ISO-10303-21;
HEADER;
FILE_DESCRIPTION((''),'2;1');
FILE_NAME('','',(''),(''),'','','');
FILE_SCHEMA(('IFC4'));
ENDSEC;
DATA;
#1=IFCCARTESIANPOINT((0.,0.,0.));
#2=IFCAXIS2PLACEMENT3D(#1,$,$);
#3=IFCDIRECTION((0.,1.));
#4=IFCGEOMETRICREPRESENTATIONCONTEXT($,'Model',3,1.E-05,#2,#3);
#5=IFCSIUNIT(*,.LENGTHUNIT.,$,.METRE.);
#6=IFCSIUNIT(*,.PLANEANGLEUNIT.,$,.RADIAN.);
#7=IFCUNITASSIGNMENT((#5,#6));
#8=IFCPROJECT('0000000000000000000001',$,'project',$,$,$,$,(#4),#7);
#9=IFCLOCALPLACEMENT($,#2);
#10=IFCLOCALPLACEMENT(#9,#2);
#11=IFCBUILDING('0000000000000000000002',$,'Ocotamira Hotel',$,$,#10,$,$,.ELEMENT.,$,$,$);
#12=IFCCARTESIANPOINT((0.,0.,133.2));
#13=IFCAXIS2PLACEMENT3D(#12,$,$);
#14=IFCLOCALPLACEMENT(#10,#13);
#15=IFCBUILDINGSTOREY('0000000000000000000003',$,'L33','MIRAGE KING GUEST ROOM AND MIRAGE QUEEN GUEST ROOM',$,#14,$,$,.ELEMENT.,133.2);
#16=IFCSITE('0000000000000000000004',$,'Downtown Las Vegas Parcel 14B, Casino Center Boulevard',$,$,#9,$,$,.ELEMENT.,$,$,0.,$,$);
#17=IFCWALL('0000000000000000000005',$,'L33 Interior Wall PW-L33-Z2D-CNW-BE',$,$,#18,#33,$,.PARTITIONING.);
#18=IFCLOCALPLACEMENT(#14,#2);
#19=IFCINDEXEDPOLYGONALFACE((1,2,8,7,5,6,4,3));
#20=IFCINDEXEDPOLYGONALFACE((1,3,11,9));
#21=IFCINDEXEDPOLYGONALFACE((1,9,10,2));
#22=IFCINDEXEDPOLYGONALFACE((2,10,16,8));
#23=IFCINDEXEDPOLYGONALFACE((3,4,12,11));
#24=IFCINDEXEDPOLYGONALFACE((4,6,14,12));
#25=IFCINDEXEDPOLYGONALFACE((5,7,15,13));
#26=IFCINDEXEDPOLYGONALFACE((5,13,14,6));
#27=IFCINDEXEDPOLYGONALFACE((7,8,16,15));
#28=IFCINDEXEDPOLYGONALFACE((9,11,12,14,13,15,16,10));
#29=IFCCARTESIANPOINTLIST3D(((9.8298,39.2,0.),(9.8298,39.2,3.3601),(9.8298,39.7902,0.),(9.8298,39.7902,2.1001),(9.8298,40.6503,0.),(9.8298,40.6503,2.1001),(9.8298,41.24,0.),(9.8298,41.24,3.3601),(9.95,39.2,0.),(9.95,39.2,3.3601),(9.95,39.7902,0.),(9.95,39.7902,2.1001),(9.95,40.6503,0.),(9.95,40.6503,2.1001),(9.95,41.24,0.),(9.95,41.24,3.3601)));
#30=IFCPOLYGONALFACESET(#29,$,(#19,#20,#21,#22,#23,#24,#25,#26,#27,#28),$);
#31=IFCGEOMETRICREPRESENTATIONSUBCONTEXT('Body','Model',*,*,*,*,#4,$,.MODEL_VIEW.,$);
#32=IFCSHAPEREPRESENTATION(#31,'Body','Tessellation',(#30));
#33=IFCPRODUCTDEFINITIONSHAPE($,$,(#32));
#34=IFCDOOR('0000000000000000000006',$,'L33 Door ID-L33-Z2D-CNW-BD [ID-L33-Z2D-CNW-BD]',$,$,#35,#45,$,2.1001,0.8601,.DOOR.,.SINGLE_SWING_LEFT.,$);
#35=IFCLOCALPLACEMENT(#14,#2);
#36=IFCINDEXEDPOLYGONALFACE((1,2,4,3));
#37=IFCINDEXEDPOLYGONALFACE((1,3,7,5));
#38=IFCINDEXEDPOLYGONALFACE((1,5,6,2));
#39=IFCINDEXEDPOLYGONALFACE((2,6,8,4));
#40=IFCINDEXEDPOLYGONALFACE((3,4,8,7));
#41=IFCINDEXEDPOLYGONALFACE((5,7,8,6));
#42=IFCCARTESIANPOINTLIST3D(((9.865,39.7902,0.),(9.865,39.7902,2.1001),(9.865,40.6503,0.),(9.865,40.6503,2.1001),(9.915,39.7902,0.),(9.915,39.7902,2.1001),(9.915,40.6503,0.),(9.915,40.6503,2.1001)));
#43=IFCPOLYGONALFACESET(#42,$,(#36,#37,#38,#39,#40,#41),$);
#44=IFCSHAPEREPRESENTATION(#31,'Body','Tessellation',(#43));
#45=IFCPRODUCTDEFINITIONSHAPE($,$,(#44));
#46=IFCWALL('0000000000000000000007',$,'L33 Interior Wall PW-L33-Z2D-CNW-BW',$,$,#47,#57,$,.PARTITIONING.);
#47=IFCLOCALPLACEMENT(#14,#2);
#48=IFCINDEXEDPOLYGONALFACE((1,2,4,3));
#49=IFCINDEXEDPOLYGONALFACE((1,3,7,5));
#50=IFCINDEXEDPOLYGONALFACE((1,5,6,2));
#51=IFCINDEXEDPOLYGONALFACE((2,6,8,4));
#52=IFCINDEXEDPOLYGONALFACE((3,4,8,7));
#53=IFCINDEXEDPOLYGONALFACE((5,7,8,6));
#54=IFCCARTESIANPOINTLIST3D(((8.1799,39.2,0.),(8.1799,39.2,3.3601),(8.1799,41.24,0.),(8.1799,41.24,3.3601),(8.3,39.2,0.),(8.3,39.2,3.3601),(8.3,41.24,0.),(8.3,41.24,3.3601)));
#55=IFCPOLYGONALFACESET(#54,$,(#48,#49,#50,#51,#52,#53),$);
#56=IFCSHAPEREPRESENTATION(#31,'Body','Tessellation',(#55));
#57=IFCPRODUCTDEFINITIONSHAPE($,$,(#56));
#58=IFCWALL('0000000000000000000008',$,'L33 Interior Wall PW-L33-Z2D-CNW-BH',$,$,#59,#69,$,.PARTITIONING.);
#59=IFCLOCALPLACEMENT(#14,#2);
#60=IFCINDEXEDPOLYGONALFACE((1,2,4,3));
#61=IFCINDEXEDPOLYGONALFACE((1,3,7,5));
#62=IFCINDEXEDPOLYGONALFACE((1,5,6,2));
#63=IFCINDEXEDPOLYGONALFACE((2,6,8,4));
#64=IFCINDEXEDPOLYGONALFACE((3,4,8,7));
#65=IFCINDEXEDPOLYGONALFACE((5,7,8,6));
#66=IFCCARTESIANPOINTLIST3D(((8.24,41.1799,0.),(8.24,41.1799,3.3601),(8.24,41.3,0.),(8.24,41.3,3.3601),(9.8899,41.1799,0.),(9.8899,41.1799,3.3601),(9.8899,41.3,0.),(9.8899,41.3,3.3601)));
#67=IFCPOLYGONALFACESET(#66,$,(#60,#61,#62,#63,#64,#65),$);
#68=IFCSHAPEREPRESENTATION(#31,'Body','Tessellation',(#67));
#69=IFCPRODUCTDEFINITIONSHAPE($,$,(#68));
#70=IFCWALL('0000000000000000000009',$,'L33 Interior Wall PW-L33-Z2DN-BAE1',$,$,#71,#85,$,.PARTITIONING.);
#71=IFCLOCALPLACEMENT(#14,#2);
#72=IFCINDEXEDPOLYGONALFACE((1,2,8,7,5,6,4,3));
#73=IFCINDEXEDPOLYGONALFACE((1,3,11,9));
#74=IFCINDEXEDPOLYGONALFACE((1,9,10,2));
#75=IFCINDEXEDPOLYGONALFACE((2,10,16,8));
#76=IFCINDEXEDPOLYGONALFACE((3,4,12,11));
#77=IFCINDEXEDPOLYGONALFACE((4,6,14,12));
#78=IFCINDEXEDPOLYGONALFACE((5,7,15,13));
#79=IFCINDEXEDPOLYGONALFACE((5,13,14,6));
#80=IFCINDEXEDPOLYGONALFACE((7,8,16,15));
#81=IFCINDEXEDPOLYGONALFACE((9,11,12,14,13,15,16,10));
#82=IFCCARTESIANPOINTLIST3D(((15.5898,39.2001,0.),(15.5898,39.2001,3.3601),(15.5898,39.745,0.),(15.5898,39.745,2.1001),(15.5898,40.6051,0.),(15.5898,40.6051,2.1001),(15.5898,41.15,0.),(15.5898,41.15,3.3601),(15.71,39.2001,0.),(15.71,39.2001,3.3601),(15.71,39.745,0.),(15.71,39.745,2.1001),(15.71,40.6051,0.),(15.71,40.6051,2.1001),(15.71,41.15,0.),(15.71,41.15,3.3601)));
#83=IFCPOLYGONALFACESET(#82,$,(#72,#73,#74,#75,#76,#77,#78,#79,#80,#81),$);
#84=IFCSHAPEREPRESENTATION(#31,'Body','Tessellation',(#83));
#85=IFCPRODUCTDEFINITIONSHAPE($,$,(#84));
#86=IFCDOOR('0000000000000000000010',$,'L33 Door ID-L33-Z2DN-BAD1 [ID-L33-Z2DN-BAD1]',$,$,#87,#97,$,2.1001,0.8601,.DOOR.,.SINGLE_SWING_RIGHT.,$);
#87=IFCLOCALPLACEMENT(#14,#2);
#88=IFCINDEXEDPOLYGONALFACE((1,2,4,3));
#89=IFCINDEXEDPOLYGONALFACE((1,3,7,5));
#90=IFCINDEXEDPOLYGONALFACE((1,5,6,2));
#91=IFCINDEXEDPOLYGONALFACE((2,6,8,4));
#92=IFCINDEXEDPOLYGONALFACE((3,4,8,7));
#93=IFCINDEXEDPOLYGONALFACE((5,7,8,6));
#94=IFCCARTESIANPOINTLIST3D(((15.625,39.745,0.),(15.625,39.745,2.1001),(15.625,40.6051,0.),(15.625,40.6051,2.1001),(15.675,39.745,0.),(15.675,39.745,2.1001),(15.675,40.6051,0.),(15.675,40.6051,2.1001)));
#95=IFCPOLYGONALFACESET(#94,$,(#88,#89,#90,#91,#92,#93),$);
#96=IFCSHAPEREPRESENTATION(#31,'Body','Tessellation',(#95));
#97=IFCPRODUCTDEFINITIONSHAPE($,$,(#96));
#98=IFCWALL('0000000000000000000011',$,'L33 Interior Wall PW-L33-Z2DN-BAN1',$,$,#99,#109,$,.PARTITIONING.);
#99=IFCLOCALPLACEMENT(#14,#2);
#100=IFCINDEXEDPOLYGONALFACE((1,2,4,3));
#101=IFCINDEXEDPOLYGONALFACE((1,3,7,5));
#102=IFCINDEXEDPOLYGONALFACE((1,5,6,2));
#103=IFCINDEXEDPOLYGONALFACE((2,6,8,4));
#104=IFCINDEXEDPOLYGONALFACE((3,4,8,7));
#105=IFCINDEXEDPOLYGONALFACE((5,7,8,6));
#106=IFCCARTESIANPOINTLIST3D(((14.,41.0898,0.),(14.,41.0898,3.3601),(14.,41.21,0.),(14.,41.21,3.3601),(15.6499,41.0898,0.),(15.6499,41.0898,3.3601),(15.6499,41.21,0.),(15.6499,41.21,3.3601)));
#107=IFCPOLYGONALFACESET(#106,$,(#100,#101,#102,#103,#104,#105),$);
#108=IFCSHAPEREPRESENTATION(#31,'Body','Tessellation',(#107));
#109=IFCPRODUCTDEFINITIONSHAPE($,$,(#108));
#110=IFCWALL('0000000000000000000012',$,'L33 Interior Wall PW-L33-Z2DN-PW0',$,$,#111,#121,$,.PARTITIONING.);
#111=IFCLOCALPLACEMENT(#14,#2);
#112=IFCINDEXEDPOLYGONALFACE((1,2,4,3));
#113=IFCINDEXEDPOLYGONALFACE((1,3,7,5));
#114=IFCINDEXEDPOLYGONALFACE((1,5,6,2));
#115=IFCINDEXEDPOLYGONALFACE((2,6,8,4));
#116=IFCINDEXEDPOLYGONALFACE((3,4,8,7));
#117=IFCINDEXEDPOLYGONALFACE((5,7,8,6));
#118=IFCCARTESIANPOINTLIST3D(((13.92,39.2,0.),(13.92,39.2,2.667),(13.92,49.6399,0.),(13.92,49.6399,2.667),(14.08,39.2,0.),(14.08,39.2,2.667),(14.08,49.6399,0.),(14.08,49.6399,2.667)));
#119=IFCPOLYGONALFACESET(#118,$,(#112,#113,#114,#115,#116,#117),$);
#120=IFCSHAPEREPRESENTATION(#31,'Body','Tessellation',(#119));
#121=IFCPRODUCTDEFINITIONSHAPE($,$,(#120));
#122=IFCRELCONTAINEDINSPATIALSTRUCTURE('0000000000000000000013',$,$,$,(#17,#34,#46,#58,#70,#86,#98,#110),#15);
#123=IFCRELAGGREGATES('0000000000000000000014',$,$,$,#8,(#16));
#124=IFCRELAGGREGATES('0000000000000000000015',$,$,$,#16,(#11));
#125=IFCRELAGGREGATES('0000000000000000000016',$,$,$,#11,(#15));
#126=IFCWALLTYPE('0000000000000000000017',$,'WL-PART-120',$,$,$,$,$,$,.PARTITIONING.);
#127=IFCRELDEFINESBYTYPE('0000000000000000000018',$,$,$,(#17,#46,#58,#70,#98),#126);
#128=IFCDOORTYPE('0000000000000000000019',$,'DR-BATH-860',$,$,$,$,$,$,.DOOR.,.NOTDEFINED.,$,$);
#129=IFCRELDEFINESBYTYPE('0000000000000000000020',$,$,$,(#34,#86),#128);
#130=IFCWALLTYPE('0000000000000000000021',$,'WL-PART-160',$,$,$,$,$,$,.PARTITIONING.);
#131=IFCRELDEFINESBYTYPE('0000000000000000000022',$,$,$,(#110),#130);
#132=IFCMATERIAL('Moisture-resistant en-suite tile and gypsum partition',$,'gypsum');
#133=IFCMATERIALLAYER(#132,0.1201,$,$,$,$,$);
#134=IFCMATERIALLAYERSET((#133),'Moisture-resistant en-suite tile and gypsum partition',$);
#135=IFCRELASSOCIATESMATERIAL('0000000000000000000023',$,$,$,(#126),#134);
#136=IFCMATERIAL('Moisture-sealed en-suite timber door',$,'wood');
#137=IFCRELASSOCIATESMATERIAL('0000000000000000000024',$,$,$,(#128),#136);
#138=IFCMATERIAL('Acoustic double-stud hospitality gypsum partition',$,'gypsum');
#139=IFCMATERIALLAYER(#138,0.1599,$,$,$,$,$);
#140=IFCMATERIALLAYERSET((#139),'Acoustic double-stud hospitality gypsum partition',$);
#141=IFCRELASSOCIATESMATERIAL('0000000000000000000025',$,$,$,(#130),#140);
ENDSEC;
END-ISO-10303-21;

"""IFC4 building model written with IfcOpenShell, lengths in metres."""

from ifc_helpers import new_model, si_unit, direction, frame, frame_2d, origin, place, context, subcontext, project, spatial, rectangle, extrude, source, transform, mapped, material, layer, layer_set, type_object, element, fill, save


model = new_model("IFC4")

# Units and contexts
model_context = context("Model", 3, precision=1e-05, world=origin(), true_north=direction((0.0, 1.0)))
body_context = subcontext(model_context, "Body", "Model", "MODEL_VIEW")
ifc_project = project(units=[si_unit("LENGTHUNIT", "METRE"), si_unit("PLANEANGLEUNIT", "RADIAN")], contexts=[model_context])

# Site, building, storey
site_placement = place(None, origin())
site = spatial("IfcSite", under=ifc_project, at=site_placement, Name="Downtown Las Vegas Parcel 14B, Casino Center Boulevard", CompositionType="ELEMENT", RefElevation=0.0)
building_placement = place(site_placement, origin())
building = spatial("IfcBuilding", under=site, at=building_placement, Name="Ocotamira Hotel", CompositionType="ELEMENT")
storey_placement = place(building_placement, frame((0.0, 0.0, 133.2)))
storey = spatial("IfcBuildingStorey", under=building, at=storey_placement, Name="L33", Description="MIRAGE KING GUEST ROOM AND MIRAGE QUEEN GUEST ROOM", CompositionType="ELEMENT", Elevation=133.2)

# Wall, opening, door
ifc_material_1 = material(Name="Moisture-resistant en-suite tile and gypsum partition", Category="gypsum")
ifc_layer_1 = layer(ifc_material_1, 0.1201)
ifc_layer_set_1 = layer_set([ifc_layer_1], Name="Moisture-resistant en-suite tile and gypsum partition")
wall_type_1 = type_object("IfcWallType", Name="WL-PART-120", PredefinedType="PARTITIONING", material=ifc_layer_set_1)
wall_1_placement = place(storey_placement, frame((9.8899, 39.2, 0.0), z_axis=(0.0, 0.0, 1.0), x_axis=(0.0, 1.0, 0.0)))
wall_1 = element("IfcWall", 1, at=wall_1_placement, inside=storey, type_object=wall_type_1, Name="L33 Interior Wall PW-L33-Z2D-CNW-BE", PredefinedType="PARTITIONING", context=body_context, shape_type="SweptSolid", body=[
    extrude(rectangle(XDim=2.04, YDim=0.1201, at=frame_2d((1.02, 0.0))), origin(), (0.0, 0.0, 1.0), 3.3601),
])
opening_1_placement = place(wall_1_placement, frame((0.5901, 0.0, 0.0)))
opening_1 = element("IfcOpeningElement", 2, at=opening_1_placement, cuts=wall_1, PredefinedType="OPENING", context=body_context, shape_type="SweptSolid", body=[
    extrude(rectangle(XDim=0.8601, YDim=2.1001, at=frame_2d((0.4302, 1.05))), frame((0.0, 0.0701, 0.0), z_axis=(0.0, -1.0, 0.0), x_axis=(1.0, 0.0, 0.0)), (0.0, 0.0, 1.0), 0.1401),
])
ifc_material_2 = material(Name="Moisture-sealed en-suite timber door", Category="wood")
door_type_1 = type_object("IfcDoorType", Name="DR-BATH-860", OperationType="NOTDEFINED", PredefinedType="DOOR", material=ifc_material_2)
shared_shape_1 = source(origin(), body_context, "Body", "SweptSolid", [
    extrude(rectangle(XDim=0.8601, YDim=2.1001, at=frame_2d((0.4302, 1.05))), frame((0.0, 0.0249, 0.0), z_axis=(0.0, -1.0, 0.0), x_axis=(1.0, 0.0, 0.0)), (0.0, 0.0, 1.0), 0.05),
])
door_1_placement = place(opening_1_placement, origin())
door_1 = element("IfcDoor", 3, at=door_1_placement, inside=storey, type_object=door_type_1, Name="L33 Door ID-L33-Z2D-CNW-BD [ID-L33-Z2D-CNW-BD]", OperationType="SINGLE_SWING_LEFT", OverallHeight=2.1001, OverallWidth=0.8601, PredefinedType="DOOR", context=body_context, shape_type="MappedRepresentation", body=[
    mapped(shared_shape_1, transform((0.0, 0.0, 0.0), scale=1.0)),
])
fill(opening_1, door_1)

# Walls
wall_2_placement = place(storey_placement, frame((8.24, 39.2, 0.0), z_axis=(0.0, 0.0, 1.0), x_axis=(0.0, 1.0, 0.0)))
element("IfcWall", 4, at=wall_2_placement, inside=storey, type_object=wall_type_1, Name="L33 Interior Wall PW-L33-Z2D-CNW-BW", PredefinedType="PARTITIONING", context=body_context, shape_type="SweptSolid", body=[
    extrude(rectangle(XDim=2.04, YDim=0.1201, at=frame_2d((1.02, 0.0))), origin(), (0.0, 0.0, 1.0), 3.3601),
])
wall_3_placement = place(storey_placement, frame((8.24, 41.24, 0.0), z_axis=(0.0, 0.0, 1.0), x_axis=(1.0, 0.0, 0.0)))
element("IfcWall", 5, at=wall_3_placement, inside=storey, type_object=wall_type_1, Name="L33 Interior Wall PW-L33-Z2D-CNW-BH", PredefinedType="PARTITIONING", context=body_context, shape_type="SweptSolid", body=[
    extrude(rectangle(XDim=1.6499, YDim=0.1201, at=frame_2d((0.825, 0.0))), origin(), (0.0, 0.0, 1.0), 3.3601),
])

# Wall, opening, door
wall_4_placement = place(storey_placement, frame((15.6499, 39.2, 0.0), z_axis=(0.0, 0.0, 1.0), x_axis=(0.0, 1.0, 0.0)))
wall_4 = element("IfcWall", 6, at=wall_4_placement, inside=storey, type_object=wall_type_1, Name="L33 Interior Wall PW-L33-Z2DN-BAE1", PredefinedType="PARTITIONING", context=body_context, shape_type="SweptSolid", body=[
    extrude(rectangle(XDim=1.95, YDim=0.1201, at=frame_2d((0.9751, 0.0))), origin(), (0.0, 0.0, 1.0), 3.3601),
])
opening_2_placement = place(wall_4_placement, frame((0.5449, 0.0, 0.0)))
opening_2 = element("IfcOpeningElement", 7, at=opening_2_placement, cuts=wall_4, PredefinedType="OPENING", context=body_context, shape_type="SweptSolid", body=[
    extrude(rectangle(XDim=0.8601, YDim=2.1001, at=frame_2d((0.4302, 1.05))), frame((0.0, 0.0701, 0.0), z_axis=(0.0, -1.0, 0.0), x_axis=(1.0, 0.0, 0.0)), (0.0, 0.0, 1.0), 0.1401),
])
door_2_placement = place(opening_2_placement, origin())
door_2 = element("IfcDoor", 8, at=door_2_placement, inside=storey, type_object=door_type_1, Name="L33 Door ID-L33-Z2DN-BAD1 [ID-L33-Z2DN-BAD1]", OperationType="SINGLE_SWING_RIGHT", OverallHeight=2.1001, OverallWidth=0.8601, PredefinedType="DOOR", context=body_context, shape_type="MappedRepresentation", body=[
    mapped(shared_shape_1, transform((0.0, 0.0, 0.0), scale=1.0)),
])
fill(opening_2, door_2)

# Walls
wall_5_placement = place(storey_placement, frame((14.0, 41.1499, 0.0), z_axis=(0.0, 0.0, 1.0), x_axis=(1.0, 0.0, 0.0)))
element("IfcWall", 9, at=wall_5_placement, inside=storey, type_object=wall_type_1, Name="L33 Interior Wall PW-L33-Z2DN-BAN1", PredefinedType="PARTITIONING", context=body_context, shape_type="SweptSolid", body=[
    extrude(rectangle(XDim=1.6499, YDim=0.1201, at=frame_2d((0.825, 0.0))), origin(), (0.0, 0.0, 1.0), 3.3601),
])
ifc_material_3 = material(Name="Acoustic double-stud hospitality gypsum partition", Category="gypsum")
ifc_layer_2 = layer(ifc_material_3, 0.1599)
ifc_layer_set_2 = layer_set([ifc_layer_2], Name="Acoustic double-stud hospitality gypsum partition")
wall_type_2 = type_object("IfcWallType", Name="WL-PART-160", PredefinedType="PARTITIONING", material=ifc_layer_set_2)
wall_6_placement = place(storey_placement, frame((14.0, 39.2, 0.0), z_axis=(0.0, 0.0, 1.0), x_axis=(0.0, 1.0, 0.0)))
element("IfcWall", 10, at=wall_6_placement, inside=storey, type_object=wall_type_2, Name="L33 Interior Wall PW-L33-Z2DN-PW0", PredefinedType="PARTITIONING", context=body_context, shape_type="SweptSolid", body=[
    extrude(rectangle(XDim=10.4399, YDim=0.1599, at=frame_2d((5.22, 0.0))), origin(), (0.0, 0.0, 1.0), 2.667),
])

save(model, "model.ifc")
